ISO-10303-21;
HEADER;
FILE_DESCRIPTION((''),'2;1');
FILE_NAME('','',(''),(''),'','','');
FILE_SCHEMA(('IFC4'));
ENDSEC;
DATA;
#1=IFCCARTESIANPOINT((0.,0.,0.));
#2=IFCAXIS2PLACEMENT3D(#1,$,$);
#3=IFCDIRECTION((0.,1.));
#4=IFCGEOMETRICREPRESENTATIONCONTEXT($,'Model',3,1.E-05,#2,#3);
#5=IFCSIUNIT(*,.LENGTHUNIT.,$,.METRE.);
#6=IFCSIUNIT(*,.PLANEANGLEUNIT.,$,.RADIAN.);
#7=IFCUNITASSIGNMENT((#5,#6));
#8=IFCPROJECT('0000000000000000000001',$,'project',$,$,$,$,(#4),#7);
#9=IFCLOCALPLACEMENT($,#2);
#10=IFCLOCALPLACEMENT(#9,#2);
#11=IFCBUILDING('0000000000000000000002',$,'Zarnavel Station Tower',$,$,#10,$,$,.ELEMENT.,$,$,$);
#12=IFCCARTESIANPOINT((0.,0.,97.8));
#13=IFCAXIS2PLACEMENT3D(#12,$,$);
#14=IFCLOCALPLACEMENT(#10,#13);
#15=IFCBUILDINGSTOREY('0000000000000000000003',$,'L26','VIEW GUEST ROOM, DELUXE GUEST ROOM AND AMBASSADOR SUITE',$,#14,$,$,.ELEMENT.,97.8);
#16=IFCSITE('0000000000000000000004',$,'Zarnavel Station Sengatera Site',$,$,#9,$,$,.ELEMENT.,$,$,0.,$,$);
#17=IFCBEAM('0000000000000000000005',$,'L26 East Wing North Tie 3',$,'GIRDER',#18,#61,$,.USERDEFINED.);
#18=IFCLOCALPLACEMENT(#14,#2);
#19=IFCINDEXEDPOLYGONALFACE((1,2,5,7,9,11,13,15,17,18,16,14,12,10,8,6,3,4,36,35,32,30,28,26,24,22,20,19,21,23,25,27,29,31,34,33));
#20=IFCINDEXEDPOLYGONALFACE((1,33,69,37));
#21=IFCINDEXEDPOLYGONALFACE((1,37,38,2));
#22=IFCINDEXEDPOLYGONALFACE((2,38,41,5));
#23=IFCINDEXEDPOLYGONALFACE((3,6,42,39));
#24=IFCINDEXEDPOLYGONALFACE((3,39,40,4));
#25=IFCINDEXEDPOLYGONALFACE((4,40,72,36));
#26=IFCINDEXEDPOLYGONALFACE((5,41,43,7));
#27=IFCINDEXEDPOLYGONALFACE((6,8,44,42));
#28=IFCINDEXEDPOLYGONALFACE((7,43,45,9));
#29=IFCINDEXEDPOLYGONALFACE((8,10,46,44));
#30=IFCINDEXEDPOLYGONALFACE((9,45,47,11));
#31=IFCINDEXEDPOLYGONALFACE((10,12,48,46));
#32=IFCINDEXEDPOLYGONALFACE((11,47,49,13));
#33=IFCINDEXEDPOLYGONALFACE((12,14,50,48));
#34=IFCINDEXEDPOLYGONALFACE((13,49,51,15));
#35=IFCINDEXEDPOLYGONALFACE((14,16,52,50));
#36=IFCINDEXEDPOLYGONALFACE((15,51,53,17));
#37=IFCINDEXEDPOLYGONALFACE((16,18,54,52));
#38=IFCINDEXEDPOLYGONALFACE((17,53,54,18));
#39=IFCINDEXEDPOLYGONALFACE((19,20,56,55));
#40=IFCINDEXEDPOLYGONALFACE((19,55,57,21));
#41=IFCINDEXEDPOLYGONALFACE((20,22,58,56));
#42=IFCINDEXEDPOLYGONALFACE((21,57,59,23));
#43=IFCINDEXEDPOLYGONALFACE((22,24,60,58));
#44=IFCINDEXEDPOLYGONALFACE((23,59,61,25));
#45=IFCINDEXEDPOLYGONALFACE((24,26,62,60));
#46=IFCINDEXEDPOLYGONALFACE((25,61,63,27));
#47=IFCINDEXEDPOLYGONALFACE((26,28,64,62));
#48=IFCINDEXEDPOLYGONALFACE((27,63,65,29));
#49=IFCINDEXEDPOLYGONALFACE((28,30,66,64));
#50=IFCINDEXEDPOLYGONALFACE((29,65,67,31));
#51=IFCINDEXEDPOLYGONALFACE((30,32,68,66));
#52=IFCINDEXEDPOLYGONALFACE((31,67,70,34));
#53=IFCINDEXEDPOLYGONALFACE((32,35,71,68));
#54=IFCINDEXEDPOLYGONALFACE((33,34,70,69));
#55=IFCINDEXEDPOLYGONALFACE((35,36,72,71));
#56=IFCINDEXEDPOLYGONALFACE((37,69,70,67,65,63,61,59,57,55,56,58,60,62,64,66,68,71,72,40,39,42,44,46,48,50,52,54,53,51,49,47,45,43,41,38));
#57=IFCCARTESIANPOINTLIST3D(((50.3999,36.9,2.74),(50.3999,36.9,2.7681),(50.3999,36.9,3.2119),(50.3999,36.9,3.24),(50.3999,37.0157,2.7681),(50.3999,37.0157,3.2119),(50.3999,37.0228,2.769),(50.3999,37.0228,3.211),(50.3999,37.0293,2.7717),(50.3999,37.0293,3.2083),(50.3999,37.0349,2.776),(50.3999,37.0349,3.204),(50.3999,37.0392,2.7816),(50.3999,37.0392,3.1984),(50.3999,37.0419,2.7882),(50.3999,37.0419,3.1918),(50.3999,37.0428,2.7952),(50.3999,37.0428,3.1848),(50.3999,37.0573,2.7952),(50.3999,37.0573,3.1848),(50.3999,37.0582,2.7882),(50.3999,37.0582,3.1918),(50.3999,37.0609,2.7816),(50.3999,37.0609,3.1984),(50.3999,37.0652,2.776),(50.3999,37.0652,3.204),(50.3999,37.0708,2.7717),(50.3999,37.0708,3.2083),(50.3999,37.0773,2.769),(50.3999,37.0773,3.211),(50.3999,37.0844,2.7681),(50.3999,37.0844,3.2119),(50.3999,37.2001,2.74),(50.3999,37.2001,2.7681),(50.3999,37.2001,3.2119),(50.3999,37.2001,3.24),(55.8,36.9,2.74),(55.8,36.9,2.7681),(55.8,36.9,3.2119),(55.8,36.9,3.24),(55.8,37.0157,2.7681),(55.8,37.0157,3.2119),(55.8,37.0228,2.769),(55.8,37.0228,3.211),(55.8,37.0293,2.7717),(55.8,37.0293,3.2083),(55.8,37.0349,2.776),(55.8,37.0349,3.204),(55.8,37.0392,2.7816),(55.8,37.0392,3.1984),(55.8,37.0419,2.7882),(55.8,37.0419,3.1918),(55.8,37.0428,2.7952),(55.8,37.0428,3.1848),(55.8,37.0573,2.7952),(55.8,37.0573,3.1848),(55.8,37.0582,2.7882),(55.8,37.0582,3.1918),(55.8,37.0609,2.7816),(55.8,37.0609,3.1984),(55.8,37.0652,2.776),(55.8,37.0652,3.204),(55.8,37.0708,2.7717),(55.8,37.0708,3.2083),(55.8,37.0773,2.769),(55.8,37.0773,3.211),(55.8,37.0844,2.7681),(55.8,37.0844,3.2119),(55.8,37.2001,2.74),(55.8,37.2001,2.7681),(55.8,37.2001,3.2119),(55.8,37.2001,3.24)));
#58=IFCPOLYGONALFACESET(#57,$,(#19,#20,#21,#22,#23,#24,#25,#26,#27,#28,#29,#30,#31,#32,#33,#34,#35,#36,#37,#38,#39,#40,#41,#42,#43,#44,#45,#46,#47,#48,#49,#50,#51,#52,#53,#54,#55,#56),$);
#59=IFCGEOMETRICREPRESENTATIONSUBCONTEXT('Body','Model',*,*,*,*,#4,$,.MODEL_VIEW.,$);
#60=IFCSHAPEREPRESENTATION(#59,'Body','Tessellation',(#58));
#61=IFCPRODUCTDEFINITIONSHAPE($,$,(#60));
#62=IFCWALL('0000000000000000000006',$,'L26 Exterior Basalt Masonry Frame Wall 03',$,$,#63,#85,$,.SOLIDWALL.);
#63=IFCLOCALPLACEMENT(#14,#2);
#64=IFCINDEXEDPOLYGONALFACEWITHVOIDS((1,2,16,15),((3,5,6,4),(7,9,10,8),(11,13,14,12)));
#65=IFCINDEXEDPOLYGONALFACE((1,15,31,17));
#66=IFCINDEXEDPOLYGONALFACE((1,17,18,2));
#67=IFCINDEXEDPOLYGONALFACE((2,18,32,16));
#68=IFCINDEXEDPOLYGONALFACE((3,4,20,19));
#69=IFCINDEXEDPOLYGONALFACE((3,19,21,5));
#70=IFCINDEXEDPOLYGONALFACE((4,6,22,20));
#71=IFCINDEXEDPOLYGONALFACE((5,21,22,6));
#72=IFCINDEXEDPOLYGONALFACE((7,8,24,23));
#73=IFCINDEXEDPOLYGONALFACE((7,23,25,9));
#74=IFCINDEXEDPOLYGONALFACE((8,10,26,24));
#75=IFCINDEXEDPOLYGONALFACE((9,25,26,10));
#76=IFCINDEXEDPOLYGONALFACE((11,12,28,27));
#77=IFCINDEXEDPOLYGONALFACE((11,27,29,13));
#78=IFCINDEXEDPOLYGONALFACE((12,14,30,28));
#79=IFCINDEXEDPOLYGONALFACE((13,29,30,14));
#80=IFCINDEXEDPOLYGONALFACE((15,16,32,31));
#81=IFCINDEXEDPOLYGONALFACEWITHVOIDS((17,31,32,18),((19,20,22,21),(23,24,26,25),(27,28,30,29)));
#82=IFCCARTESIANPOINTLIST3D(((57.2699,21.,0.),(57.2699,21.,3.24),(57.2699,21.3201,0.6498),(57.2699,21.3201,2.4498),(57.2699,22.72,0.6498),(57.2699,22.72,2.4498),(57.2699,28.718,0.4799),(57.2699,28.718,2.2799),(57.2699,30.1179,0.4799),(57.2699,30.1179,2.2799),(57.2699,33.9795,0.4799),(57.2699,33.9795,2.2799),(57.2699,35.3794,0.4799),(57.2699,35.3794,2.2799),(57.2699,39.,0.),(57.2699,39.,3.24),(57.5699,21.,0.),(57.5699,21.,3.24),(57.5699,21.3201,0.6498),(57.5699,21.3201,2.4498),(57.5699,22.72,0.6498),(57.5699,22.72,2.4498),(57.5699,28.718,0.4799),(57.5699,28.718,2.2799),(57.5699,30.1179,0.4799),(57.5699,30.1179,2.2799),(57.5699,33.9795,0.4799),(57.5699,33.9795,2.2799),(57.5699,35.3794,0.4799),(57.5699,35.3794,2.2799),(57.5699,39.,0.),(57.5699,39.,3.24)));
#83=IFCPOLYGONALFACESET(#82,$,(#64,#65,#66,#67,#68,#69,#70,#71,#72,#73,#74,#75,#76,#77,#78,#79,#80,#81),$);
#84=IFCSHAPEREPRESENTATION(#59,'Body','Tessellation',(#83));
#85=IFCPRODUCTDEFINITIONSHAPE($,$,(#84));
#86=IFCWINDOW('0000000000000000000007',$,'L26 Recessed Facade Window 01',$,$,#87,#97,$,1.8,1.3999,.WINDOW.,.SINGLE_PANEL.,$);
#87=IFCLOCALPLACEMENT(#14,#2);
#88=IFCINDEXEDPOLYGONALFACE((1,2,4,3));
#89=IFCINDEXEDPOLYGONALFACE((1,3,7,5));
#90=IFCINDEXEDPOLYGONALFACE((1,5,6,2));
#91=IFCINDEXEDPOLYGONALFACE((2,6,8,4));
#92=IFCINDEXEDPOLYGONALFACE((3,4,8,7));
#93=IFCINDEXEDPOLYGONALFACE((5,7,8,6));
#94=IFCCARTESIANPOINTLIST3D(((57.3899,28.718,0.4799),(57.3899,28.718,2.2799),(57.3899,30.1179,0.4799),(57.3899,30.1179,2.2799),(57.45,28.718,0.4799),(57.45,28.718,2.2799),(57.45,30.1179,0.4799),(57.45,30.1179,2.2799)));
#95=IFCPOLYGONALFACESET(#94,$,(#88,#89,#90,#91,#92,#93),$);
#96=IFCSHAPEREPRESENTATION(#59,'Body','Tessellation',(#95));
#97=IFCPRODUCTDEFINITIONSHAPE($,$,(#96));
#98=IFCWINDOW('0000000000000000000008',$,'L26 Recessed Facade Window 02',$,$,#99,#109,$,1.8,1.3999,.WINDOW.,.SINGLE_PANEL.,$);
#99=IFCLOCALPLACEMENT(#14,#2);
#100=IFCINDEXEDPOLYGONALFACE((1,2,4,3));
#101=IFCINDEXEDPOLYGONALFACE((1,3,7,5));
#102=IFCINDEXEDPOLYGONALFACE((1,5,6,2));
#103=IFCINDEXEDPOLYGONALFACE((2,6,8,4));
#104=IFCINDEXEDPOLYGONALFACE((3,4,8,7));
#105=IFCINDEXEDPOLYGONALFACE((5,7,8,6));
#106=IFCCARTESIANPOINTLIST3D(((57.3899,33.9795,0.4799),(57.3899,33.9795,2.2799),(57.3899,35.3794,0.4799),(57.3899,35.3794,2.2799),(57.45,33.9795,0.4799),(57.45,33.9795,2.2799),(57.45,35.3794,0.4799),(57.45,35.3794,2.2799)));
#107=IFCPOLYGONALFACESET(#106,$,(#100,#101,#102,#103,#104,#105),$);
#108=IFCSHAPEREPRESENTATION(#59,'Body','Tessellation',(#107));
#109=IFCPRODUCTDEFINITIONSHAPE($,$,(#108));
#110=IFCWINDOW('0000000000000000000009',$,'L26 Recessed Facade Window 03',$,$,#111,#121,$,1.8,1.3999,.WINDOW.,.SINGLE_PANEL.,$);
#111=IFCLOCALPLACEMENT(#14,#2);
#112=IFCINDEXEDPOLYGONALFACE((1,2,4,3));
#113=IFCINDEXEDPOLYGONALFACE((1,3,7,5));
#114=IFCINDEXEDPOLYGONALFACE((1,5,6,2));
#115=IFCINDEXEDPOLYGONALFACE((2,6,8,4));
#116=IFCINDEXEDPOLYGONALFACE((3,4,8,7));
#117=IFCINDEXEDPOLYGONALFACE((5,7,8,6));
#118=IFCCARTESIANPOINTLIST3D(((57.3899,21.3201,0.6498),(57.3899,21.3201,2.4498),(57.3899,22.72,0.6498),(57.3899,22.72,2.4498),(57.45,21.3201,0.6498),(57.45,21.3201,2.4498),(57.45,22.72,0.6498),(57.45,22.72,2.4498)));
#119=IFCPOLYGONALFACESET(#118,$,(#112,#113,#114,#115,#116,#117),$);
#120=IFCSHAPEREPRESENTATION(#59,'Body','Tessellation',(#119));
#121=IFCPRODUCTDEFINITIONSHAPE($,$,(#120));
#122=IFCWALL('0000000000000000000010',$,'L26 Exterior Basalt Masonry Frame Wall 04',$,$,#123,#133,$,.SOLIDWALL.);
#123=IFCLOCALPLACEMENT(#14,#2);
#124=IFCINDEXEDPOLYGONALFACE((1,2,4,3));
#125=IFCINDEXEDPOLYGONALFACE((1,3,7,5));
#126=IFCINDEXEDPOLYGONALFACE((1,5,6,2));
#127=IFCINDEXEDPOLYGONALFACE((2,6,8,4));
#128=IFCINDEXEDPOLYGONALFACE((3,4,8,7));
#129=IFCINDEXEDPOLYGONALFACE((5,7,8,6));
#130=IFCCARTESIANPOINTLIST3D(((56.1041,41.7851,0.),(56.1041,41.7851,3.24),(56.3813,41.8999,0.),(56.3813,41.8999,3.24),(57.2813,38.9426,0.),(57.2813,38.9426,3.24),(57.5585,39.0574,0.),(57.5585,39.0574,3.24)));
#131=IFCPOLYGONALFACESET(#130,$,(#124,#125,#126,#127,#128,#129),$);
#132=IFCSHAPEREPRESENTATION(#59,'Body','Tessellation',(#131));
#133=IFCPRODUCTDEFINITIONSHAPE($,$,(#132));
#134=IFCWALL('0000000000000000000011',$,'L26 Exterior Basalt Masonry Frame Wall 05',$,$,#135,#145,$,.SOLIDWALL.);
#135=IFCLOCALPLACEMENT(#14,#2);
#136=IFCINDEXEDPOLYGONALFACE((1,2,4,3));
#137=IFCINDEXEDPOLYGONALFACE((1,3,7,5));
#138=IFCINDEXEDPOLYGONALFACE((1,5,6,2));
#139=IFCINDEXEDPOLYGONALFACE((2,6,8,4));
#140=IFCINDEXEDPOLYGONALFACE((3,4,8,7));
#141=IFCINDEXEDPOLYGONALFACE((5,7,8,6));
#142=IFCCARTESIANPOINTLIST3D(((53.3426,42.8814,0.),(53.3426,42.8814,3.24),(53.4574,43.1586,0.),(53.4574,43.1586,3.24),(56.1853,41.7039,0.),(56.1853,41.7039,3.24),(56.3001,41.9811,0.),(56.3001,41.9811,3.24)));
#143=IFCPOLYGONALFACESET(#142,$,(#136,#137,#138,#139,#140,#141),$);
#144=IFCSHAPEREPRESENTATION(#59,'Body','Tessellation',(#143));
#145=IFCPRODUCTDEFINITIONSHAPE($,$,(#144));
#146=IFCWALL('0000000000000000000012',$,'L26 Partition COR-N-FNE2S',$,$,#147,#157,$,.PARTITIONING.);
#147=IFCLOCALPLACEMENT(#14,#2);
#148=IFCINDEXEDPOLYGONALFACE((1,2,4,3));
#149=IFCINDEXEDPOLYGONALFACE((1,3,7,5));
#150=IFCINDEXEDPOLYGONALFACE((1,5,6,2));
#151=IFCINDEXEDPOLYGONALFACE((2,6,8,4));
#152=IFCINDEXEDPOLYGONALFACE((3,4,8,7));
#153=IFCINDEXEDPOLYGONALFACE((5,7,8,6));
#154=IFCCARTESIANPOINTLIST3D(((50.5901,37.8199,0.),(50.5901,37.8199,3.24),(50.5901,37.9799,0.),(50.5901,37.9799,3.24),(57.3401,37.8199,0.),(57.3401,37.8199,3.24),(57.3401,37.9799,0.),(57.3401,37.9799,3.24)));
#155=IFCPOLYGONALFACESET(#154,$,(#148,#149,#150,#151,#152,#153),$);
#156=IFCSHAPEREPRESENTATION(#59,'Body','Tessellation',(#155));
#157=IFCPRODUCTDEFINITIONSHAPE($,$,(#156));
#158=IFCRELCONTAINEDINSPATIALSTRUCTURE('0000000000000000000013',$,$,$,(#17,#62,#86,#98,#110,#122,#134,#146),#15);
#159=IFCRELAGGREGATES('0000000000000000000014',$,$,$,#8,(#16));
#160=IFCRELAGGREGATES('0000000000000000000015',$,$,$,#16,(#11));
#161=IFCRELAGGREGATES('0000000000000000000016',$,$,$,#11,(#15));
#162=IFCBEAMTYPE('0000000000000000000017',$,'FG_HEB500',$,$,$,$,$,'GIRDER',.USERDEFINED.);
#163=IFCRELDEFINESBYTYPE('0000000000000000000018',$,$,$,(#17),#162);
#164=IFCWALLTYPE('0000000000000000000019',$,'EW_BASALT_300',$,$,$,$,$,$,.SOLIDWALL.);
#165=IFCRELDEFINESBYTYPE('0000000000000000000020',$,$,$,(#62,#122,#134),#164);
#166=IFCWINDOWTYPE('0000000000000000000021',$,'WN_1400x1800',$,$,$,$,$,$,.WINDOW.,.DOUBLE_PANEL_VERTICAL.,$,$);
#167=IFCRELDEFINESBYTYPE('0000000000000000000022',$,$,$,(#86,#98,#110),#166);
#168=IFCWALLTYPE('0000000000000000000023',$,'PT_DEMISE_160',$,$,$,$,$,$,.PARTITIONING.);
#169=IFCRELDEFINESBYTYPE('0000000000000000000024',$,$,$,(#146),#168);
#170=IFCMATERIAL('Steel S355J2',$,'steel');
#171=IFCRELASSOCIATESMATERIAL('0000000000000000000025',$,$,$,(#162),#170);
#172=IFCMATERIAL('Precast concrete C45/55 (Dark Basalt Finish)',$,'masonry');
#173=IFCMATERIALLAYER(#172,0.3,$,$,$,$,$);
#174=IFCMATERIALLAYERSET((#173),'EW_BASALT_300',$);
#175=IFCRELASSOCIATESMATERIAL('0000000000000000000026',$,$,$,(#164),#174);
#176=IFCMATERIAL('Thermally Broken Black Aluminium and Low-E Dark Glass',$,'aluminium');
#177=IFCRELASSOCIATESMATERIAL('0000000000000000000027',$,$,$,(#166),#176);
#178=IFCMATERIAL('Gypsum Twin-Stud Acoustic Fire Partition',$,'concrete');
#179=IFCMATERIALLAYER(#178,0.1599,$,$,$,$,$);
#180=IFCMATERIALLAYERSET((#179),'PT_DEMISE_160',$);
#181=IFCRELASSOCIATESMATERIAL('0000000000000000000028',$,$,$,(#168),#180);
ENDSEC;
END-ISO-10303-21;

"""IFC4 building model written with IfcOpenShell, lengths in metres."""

from ifc_helpers import new_model, si_unit, direction, frame, frame_2d, origin, origin_2d, place, context, subcontext, project, spatial, rectangle, i_section, extrude, material, layer, layer_set, material_profile, profile_set, type_object, element, fill, save


model = new_model("IFC4")

# Units and contexts
model_context = context("Model", 3, precision=1e-05, world=origin(), true_north=direction((0.0, 1.0)))
body_context = subcontext(model_context, "Body", "Model", "MODEL_VIEW")
ifc_project = project(units=[si_unit("LENGTHUNIT", "METRE"), si_unit("PLANEANGLEUNIT", "RADIAN")], contexts=[model_context])

# Site, building, storey
site_placement = place(None, origin())
site = spatial("IfcSite", under=ifc_project, at=site_placement, Name="Zarnavel Station Sengatera Site", CompositionType="ELEMENT", RefElevation=0.0)
building_placement = place(site_placement, origin())
building = spatial("IfcBuilding", under=site, at=building_placement, Name="Zarnavel Station Tower", CompositionType="ELEMENT")
storey_placement = place(building_placement, frame((0.0, 0.0, 97.8)))
storey = spatial("IfcBuildingStorey", under=building, at=storey_placement, Name="L26", Description="VIEW GUEST ROOM, DELUXE GUEST ROOM AND AMBASSADOR SUITE", CompositionType="ELEMENT", Elevation=97.8)

# Beam
ifc_material_1 = material(Name="Steel S355J2", Category="steel")
ifc_material_profile_1 = material_profile(ifc_material_1, i_section(OverallWidth=0.3, OverallDepth=0.5, WebThickness=0.0144, FlangeThickness=0.0281, FilletRadius=0.0271, at=origin_2d()), Name="HEB500")
ifc_profile_set_1 = profile_set([ifc_material_profile_1], Name="Steel S355J2")
beam_type = type_object("IfcBeamType", Name="FG_HEB500", ElementType="GIRDER", PredefinedType="USERDEFINED", material=ifc_profile_set_1)
beam_1_placement = place(storey_placement, frame((50.3999, 37.05, 2.99), z_axis=(1.0, 0.0, 0.0), x_axis=(0.0, 1.0, 0.0)))
element("IfcBeam", 1, at=beam_1_placement, inside=storey, type_object=beam_type, Name="L26 East Wing North Tie 3", ObjectType="GIRDER", PredefinedType="USERDEFINED", context=body_context, shape_type="SweptSolid", body=[
    extrude(i_section(OverallWidth=0.3, OverallDepth=0.5, WebThickness=0.0144, FlangeThickness=0.0281, FilletRadius=0.0271, at=origin_2d()), origin(), (0.0, 0.0, 1.0), 5.4001),
])

# Wall, openings, windows
ifc_material_2 = material(Name="Precast concrete C45/55 (Dark Basalt Finish)", Category="masonry")
ifc_layer_1 = layer(ifc_material_2, 0.3)
ifc_layer_set_1 = layer_set([ifc_layer_1], Name="EW_BASALT_300")
wall_type_1 = type_object("IfcWallType", Name="EW_BASALT_300", PredefinedType="SOLIDWALL", material=ifc_layer_set_1)
wall_1_placement = place(storey_placement, frame((57.4199, 39.0, 0.0), z_axis=(0.0, 0.0, 1.0), x_axis=(0.0, -1.0, 0.0)))
wall_1 = element("IfcWall", 2, at=wall_1_placement, inside=storey, type_object=wall_type_1, Name="L26 Exterior Basalt Masonry Frame Wall 03", PredefinedType="SOLIDWALL", context=body_context, shape_type="SweptSolid", body=[
    extrude(rectangle(XDim=18.0, YDim=0.3, at=frame_2d((9.0, 0.0))), origin(), (0.0, 0.0, 1.0), 3.24),
])
opening_1_placement = place(wall_1_placement, frame((8.8821, 0.0, 0.48)))
opening_1 = element("IfcOpeningElement", 3, at=opening_1_placement, cuts=wall_1, PredefinedType="OPENING", context=body_context, shape_type="SweptSolid", body=[
    extrude(rectangle(XDim=1.3999, YDim=1.8, at=frame_2d((0.7, 0.8999))), frame((0.0, 0.1599, 0.0), z_axis=(0.0, -1.0, 0.0), x_axis=(1.0, 0.0, 0.0)), (0.0, 0.0, 1.0), 0.3201),
])
opening_2_placement = place(wall_1_placement, frame((3.6206, 0.0, 0.48)))
opening_2 = element("IfcOpeningElement", 4, at=opening_2_placement, cuts=wall_1, PredefinedType="OPENING", context=body_context, shape_type="SweptSolid", body=[
    extrude(rectangle(XDim=1.3999, YDim=1.8, at=frame_2d((0.7, 0.8999))), frame((0.0, 0.1599, 0.0), z_axis=(0.0, -1.0, 0.0), x_axis=(1.0, 0.0, 0.0)), (0.0, 0.0, 1.0), 0.3201),
])
opening_3_placement = place(wall_1_placement, frame((16.28, 0.0, 0.6499)))
opening_3 = element("IfcOpeningElement", 5, at=opening_3_placement, cuts=wall_1, PredefinedType="OPENING", context=body_context, shape_type="SweptSolid", body=[
    extrude(rectangle(XDim=1.3999, YDim=1.8, at=frame_2d((0.7, 0.8999))), frame((0.0, 0.1599, 0.0), z_axis=(0.0, -1.0, 0.0), x_axis=(1.0, 0.0, 0.0)), (0.0, 0.0, 1.0), 0.3201),
])
ifc_material_3 = material(Name="Thermally Broken Black Aluminium and Low-E Dark Glass", Category="aluminium")
window_type = type_object("IfcWindowType", Name="WN_1400x1800", PartitioningType="DOUBLE_PANEL_VERTICAL", PredefinedType="WINDOW", material=ifc_material_3)
window_1_placement = place(opening_1_placement, origin())
window_1 = element("IfcWindow", 6, at=window_1_placement, inside=storey, type_object=window_type, Name="L26 Recessed Facade Window 01", OverallHeight=1.8, OverallWidth=1.3999, PartitioningType="SINGLE_PANEL", PredefinedType="WINDOW", context=body_context, shape_type="SweptSolid", body=[
    extrude(rectangle(XDim=1.3999, YDim=1.8, at=frame_2d((0.7, 0.8999))), frame((0.0, 0.03, 0.0), z_axis=(0.0, -1.0, 0.0), x_axis=(1.0, 0.0, 0.0)), (0.0, 0.0, 1.0), 0.0601),
])
fill(opening_1, window_1)
window_2_placement = place(opening_2_placement, origin())
window_2 = element("IfcWindow", 7, at=window_2_placement, inside=storey, type_object=window_type, Name="L26 Recessed Facade Window 02", OverallHeight=1.8, OverallWidth=1.3999, PartitioningType="SINGLE_PANEL", PredefinedType="WINDOW", context=body_context, shape_type="SweptSolid", body=[
    extrude(rectangle(XDim=1.3999, YDim=1.8, at=frame_2d((0.7, 0.8999))), frame((0.0, 0.03, 0.0), z_axis=(0.0, -1.0, 0.0), x_axis=(1.0, 0.0, 0.0)), (0.0, 0.0, 1.0), 0.0601),
])
fill(opening_2, window_2)
window_3_placement = place(opening_3_placement, origin())
window_3 = element("IfcWindow", 8, at=window_3_placement, inside=storey, type_object=window_type, Name="L26 Recessed Facade Window 03", OverallHeight=1.8, OverallWidth=1.3999, PartitioningType="SINGLE_PANEL", PredefinedType="WINDOW", context=body_context, shape_type="SweptSolid", body=[
    extrude(rectangle(XDim=1.3999, YDim=1.8, at=frame_2d((0.7, 0.8999))), frame((0.0, 0.03, 0.0), z_axis=(0.0, -1.0, 0.0), x_axis=(1.0, 0.0, 0.0)), (0.0, 0.0, 1.0), 0.0601),
])
fill(opening_3, window_3)

# Walls
wall_2_placement = place(storey_placement, frame((56.2427, 41.8425, 0.0), z_axis=(0.0, 0.0, 1.0), x_axis=(0.382637, -0.923899, 0.0)))
element("IfcWall", 9, at=wall_2_placement, inside=storey, type_object=wall_type_1, Name="L26 Exterior Basalt Masonry Frame Wall 04", PredefinedType="SOLIDWALL", context=body_context, shape_type="SweptSolid", body=[
    extrude(rectangle(XDim=3.0767, YDim=0.3, at=frame_2d((1.5383, 0.0))), origin(), (0.0, 0.0, 1.0), 3.24),
])
wall_3_placement = place(storey_placement, frame((53.3999, 43.02, 0.0), z_axis=(0.0, 0.0, 1.0), x_axis=(0.923882, -0.382676, 0.0)))
element("IfcWall", 10, at=wall_3_placement, inside=storey, type_object=wall_type_1, Name="L26 Exterior Basalt Masonry Frame Wall 05", PredefinedType="SOLIDWALL", context=body_context, shape_type="SweptSolid", body=[
    extrude(rectangle(XDim=3.0769, YDim=0.3, at=frame_2d((1.5386, 0.0))), origin(), (0.0, 0.0, 1.0), 3.24),
])
ifc_material_4 = material(Name="Gypsum Twin-Stud Acoustic Fire Partition", Category="concrete")
ifc_layer_2 = layer(ifc_material_4, 0.1599)
ifc_layer_set_2 = layer_set([ifc_layer_2], Name="PT_DEMISE_160")
wall_type_2 = type_object("IfcWallType", Name="PT_DEMISE_160", PredefinedType="PARTITIONING", material=ifc_layer_set_2)
wall_4_placement = place(storey_placement, frame((50.5901, 37.8999, 0.0), z_axis=(0.0, 0.0, 1.0), x_axis=(1.0, 0.0, 0.0)))
element("IfcWall", 11, at=wall_4_placement, inside=storey, type_object=wall_type_2, Name="L26 Partition COR-N-FNE2S", PredefinedType="PARTITIONING", context=body_context, shape_type="SweptSolid", body=[
    extrude(rectangle(XDim=6.75, YDim=0.1599, at=frame_2d((3.375, 0.0))), origin(), (0.0, 0.0, 1.0), 3.24),
])

save(model, "model.ifc")
